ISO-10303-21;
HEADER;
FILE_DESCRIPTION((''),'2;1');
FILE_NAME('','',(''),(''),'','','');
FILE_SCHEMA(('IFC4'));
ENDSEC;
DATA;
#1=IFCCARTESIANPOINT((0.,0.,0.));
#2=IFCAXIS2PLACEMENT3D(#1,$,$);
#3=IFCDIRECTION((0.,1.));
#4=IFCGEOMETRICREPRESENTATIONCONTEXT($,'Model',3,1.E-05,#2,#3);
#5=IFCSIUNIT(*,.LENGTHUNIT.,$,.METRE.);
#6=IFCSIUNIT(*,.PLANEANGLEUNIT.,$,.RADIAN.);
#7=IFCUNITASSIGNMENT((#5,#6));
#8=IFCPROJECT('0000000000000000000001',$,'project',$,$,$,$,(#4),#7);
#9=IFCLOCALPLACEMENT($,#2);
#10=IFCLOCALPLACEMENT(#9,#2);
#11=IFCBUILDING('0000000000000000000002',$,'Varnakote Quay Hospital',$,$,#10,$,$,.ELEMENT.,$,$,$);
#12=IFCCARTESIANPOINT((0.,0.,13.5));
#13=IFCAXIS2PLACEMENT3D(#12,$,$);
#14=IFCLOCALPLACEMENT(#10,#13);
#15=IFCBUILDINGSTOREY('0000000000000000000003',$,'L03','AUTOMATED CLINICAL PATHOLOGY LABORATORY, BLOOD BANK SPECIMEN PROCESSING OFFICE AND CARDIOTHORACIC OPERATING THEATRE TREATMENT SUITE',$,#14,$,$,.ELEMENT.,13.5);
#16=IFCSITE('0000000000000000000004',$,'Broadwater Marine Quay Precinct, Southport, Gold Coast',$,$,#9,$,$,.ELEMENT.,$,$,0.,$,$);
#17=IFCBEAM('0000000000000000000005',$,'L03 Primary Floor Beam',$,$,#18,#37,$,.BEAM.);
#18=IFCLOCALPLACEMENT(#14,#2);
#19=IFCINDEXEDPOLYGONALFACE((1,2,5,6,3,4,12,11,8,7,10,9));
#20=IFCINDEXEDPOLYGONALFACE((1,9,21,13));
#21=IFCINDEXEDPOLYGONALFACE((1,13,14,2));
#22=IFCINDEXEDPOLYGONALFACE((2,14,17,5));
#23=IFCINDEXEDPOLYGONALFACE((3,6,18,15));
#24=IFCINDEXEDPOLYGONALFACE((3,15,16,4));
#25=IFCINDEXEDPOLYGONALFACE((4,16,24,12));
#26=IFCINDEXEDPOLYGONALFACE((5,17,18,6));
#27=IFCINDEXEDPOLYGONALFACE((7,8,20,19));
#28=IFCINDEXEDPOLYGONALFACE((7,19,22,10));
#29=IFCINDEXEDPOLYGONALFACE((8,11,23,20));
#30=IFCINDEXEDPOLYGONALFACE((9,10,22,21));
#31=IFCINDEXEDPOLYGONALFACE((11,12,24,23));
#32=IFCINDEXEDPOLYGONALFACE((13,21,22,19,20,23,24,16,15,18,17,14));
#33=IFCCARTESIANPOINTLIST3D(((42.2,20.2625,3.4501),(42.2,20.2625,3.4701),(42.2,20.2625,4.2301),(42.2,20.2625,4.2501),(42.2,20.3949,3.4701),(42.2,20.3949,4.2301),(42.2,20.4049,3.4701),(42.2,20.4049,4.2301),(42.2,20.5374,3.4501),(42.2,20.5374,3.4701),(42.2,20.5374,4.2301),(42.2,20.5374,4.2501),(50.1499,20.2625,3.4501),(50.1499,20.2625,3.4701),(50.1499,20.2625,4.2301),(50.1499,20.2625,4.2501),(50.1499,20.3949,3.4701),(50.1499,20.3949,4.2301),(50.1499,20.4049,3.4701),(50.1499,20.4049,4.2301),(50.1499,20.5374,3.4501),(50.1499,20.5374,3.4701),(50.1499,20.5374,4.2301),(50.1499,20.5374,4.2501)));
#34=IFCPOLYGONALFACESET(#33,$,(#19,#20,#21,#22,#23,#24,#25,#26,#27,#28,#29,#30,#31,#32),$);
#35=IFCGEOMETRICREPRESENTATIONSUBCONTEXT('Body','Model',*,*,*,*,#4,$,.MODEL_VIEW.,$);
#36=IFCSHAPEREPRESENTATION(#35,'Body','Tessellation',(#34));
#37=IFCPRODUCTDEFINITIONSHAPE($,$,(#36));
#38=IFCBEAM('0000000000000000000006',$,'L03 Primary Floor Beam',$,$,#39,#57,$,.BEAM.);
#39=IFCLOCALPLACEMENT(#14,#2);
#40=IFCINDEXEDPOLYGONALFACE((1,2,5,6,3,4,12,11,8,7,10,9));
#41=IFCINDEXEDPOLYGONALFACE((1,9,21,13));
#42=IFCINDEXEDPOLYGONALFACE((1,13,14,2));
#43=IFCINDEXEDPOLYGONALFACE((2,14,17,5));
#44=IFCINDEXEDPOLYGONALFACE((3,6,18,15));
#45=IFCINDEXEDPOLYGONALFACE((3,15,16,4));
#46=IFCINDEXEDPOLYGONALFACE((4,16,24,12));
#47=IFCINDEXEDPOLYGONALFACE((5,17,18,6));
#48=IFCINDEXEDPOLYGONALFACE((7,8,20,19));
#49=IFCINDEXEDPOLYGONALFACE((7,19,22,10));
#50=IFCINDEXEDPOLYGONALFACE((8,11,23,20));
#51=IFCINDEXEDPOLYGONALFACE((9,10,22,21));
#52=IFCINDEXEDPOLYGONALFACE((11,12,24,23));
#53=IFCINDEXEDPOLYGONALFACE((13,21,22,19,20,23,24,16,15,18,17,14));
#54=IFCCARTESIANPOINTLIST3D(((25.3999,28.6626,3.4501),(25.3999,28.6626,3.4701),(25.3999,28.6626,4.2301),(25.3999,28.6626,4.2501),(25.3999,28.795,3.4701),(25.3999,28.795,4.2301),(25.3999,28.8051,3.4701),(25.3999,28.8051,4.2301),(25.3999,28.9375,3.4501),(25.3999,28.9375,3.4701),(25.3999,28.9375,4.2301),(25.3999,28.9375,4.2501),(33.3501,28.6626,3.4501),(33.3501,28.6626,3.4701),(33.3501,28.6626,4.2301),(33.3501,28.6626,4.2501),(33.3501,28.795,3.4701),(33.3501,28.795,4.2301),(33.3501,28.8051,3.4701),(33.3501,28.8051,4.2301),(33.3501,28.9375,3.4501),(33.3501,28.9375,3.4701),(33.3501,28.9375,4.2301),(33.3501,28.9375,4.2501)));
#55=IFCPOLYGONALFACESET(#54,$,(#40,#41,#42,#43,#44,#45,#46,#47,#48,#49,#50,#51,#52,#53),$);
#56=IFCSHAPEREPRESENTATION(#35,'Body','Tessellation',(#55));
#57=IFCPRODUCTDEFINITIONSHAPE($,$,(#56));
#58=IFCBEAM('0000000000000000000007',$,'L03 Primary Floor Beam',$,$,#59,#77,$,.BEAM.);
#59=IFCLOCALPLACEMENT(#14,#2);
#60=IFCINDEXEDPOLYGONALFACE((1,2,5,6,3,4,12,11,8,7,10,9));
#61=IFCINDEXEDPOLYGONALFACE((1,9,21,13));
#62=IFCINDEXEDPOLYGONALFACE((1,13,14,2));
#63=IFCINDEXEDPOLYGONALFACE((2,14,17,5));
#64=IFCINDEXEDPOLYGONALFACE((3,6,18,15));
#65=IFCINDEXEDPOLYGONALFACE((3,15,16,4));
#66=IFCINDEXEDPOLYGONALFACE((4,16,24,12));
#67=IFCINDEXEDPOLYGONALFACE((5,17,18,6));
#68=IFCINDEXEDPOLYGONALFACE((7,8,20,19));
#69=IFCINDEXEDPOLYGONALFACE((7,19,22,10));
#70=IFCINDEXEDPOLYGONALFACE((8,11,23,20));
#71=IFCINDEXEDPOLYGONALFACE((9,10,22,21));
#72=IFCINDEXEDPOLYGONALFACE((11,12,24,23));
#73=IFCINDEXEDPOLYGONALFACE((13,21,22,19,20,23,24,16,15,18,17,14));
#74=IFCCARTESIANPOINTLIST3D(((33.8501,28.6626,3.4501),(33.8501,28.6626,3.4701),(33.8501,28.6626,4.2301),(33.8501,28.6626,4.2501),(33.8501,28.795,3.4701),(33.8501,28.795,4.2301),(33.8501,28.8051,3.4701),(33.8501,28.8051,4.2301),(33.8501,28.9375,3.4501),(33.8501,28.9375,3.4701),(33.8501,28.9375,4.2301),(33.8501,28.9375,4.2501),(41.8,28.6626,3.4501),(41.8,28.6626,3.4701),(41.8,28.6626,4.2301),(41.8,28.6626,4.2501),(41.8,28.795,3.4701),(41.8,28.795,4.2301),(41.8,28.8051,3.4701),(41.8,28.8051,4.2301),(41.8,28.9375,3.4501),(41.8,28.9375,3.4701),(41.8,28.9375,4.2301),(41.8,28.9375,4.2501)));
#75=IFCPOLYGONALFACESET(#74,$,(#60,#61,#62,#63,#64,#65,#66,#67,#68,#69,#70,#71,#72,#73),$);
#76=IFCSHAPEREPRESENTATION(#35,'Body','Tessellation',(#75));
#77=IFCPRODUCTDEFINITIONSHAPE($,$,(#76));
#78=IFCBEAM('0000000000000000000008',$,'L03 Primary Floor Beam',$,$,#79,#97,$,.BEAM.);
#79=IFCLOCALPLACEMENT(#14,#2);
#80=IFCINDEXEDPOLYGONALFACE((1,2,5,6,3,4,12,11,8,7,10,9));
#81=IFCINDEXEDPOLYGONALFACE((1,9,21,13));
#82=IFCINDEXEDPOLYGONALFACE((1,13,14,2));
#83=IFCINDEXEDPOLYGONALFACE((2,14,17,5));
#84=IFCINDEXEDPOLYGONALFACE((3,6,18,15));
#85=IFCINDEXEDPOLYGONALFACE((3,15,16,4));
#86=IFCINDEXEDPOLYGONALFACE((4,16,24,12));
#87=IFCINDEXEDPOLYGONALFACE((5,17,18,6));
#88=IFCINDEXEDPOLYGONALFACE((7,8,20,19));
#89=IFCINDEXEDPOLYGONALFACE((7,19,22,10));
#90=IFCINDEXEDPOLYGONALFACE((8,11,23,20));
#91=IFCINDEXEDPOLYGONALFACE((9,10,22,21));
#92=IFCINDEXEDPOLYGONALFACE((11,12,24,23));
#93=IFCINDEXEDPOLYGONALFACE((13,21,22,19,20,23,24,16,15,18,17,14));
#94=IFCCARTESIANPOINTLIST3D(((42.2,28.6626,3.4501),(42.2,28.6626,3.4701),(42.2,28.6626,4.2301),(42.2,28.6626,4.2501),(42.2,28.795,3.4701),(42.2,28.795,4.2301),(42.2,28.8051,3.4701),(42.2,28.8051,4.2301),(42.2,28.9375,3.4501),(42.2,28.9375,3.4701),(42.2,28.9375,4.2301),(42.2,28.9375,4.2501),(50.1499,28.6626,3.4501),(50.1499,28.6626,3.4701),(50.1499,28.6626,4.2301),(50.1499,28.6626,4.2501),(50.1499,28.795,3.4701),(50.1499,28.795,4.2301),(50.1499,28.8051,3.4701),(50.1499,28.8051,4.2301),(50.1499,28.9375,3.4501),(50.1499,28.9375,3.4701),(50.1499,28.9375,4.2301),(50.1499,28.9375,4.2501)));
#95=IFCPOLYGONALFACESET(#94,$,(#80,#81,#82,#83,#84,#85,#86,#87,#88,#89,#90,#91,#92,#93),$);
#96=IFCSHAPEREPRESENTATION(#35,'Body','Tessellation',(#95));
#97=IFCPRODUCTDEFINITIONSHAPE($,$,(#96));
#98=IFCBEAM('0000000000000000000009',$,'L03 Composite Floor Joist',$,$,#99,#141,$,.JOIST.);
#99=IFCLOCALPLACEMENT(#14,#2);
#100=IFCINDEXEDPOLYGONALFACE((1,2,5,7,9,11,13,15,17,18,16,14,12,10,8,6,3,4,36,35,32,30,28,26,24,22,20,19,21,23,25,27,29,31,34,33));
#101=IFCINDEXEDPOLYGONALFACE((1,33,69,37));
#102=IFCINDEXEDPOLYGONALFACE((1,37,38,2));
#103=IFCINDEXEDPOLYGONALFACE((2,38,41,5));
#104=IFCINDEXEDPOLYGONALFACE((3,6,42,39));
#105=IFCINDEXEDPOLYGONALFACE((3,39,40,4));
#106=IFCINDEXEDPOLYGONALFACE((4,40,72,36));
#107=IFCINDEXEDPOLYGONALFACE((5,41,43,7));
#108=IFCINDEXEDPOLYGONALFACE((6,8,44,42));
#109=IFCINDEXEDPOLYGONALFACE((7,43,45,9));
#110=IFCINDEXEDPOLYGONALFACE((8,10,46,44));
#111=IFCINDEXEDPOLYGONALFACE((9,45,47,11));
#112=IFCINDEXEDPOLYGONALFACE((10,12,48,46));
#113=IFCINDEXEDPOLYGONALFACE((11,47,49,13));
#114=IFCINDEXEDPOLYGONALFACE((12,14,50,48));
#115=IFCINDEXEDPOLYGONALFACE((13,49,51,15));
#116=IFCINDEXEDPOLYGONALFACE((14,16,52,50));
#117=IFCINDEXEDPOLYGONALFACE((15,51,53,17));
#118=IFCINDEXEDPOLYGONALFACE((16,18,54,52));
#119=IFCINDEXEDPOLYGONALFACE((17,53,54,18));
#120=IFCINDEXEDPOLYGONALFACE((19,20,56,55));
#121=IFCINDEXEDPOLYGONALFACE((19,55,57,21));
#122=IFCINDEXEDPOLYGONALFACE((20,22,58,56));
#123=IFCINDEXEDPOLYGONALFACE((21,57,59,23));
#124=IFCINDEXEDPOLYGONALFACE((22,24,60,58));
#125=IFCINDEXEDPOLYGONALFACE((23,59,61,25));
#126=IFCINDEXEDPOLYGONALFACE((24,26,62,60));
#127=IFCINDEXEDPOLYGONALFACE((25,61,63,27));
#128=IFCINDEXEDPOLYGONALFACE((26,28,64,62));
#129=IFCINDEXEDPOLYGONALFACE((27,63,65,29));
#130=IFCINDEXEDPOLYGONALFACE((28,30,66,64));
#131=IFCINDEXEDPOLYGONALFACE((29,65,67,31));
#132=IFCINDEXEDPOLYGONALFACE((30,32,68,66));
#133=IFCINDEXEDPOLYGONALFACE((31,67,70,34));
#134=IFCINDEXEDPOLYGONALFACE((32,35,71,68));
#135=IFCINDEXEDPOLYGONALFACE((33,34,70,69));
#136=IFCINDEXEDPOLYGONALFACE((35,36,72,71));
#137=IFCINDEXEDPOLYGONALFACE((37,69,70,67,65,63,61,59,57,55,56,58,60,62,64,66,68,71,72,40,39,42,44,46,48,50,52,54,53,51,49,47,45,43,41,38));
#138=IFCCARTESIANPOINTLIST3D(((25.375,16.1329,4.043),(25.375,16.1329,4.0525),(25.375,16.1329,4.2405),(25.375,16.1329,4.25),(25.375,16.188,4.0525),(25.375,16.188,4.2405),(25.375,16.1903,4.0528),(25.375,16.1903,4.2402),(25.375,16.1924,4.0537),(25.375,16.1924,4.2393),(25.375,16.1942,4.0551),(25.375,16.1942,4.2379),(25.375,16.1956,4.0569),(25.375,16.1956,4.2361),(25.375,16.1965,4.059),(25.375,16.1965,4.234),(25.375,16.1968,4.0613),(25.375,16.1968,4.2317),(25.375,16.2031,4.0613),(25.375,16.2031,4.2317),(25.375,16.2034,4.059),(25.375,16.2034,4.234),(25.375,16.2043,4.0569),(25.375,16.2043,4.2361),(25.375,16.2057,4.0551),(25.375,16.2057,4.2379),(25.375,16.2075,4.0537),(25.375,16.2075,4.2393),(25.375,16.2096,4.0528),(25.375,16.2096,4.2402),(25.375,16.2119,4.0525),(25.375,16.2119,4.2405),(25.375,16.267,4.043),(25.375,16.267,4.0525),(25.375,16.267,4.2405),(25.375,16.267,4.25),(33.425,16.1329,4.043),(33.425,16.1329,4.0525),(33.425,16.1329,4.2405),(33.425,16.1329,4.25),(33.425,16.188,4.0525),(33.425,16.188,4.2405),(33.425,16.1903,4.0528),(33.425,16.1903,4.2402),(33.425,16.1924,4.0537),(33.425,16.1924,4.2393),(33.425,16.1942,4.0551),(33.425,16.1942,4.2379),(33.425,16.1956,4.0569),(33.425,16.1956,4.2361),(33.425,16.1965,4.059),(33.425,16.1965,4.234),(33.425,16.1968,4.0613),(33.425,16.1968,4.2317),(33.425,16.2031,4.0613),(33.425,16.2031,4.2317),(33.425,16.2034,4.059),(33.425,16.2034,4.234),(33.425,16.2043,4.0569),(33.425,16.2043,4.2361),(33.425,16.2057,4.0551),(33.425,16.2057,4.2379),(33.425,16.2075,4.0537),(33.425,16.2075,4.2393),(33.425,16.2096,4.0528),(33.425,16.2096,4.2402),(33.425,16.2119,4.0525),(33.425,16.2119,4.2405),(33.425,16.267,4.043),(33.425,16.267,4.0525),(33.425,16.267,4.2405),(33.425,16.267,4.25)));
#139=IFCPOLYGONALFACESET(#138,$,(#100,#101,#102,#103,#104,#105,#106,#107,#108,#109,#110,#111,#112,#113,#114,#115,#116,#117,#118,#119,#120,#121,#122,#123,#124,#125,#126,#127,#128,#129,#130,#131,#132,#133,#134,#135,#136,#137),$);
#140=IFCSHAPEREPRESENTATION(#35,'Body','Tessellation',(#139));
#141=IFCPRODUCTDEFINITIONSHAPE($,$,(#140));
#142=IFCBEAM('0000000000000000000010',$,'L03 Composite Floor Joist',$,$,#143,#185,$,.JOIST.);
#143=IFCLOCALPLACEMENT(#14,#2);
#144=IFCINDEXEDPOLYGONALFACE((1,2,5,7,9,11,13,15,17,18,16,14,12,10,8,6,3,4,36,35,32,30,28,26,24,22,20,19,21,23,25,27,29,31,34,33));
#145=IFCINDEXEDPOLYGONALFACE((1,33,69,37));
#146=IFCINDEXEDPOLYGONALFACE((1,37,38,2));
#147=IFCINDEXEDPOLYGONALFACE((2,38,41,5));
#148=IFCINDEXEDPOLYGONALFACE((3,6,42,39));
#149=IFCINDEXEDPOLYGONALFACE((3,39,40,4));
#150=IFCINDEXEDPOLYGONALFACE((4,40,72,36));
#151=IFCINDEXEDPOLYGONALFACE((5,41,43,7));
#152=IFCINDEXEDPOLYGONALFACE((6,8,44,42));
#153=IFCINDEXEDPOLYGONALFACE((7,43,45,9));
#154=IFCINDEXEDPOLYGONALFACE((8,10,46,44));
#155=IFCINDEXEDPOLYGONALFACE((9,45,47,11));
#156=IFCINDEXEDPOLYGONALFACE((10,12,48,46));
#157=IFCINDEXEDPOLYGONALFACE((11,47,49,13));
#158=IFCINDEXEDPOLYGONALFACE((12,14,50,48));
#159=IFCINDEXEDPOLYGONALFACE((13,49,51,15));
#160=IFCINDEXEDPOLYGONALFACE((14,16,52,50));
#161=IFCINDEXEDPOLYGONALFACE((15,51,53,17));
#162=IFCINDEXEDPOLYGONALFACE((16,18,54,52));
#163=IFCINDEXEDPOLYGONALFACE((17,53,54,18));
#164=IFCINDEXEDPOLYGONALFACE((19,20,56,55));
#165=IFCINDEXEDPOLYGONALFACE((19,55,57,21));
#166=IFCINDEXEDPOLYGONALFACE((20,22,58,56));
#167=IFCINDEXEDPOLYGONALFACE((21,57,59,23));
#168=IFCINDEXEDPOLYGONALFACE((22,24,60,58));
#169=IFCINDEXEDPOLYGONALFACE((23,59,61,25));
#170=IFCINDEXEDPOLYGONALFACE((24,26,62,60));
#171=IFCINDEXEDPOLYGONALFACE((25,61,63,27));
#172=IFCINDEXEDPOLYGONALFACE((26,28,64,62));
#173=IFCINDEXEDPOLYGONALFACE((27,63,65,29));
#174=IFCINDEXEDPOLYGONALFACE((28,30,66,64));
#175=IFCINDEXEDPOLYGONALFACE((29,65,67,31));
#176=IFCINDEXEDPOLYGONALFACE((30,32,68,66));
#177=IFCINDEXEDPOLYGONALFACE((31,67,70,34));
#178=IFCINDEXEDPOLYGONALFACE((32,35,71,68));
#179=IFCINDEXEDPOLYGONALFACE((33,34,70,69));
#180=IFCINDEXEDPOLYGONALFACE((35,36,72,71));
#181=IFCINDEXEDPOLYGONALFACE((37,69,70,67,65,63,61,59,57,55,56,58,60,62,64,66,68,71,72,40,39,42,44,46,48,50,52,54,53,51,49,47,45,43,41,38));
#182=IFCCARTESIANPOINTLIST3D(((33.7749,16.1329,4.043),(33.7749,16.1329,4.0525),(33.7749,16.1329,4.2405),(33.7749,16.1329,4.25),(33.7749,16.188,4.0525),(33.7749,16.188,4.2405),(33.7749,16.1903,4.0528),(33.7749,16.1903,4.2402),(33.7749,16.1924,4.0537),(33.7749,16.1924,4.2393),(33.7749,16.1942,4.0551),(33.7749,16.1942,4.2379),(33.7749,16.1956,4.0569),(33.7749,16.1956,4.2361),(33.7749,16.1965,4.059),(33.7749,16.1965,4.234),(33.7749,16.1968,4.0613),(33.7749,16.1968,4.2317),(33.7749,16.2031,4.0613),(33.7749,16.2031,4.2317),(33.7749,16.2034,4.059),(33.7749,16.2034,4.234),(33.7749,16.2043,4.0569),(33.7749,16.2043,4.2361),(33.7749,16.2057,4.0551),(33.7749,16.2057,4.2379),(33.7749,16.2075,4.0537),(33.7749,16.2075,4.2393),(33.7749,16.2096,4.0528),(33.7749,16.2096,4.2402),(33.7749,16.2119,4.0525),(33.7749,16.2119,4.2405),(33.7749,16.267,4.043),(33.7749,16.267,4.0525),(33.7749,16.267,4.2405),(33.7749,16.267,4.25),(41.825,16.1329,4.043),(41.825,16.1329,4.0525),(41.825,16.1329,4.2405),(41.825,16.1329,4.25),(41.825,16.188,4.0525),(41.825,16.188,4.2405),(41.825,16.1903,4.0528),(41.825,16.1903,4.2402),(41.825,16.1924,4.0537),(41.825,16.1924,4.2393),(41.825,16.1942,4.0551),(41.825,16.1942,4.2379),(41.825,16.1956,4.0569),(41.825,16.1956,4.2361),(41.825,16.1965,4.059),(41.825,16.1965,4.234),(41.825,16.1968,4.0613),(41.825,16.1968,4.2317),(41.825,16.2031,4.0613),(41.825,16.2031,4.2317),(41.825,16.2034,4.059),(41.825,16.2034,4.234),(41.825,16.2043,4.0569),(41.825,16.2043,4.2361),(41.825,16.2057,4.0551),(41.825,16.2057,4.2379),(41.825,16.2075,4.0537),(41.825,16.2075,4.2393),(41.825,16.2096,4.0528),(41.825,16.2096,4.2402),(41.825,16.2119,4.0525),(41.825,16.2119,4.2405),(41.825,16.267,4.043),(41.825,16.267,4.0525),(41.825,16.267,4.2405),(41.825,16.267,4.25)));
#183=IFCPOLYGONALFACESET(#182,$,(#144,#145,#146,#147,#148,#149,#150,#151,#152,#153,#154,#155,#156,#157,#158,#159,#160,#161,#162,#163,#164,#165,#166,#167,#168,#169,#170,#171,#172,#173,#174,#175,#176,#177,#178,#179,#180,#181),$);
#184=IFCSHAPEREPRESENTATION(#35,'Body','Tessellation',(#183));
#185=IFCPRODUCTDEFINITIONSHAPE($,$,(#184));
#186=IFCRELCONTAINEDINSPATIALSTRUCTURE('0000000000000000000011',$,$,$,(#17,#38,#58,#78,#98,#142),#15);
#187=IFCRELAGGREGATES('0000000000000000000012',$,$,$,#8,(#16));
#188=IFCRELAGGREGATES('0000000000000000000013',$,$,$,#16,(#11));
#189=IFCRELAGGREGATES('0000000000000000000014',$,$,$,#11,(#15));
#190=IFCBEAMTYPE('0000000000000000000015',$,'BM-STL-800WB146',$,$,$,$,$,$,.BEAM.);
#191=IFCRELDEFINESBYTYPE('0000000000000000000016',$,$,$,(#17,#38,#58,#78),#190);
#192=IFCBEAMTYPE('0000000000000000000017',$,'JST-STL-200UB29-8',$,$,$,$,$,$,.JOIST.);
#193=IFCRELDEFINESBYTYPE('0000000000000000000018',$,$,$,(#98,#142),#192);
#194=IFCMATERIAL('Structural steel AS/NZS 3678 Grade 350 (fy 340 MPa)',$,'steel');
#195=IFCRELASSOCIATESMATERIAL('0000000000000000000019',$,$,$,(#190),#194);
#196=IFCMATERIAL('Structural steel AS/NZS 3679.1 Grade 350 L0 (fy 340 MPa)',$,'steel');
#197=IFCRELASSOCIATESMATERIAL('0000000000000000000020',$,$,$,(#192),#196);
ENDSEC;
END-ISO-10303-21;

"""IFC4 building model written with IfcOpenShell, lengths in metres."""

from ifc_helpers import new_model, si_unit, direction, frame, origin, origin_2d, place, context, subcontext, project, spatial, i_section, extrude, material, material_profile, profile_set, type_object, element, save


model = new_model("IFC4")

# Units and contexts
model_context = context("Model", 3, precision=1e-05, world=origin(), true_north=direction((0.0, 1.0)))
body_context = subcontext(model_context, "Body", "Model", "MODEL_VIEW")
ifc_project = project(units=[si_unit("LENGTHUNIT", "METRE"), si_unit("PLANEANGLEUNIT", "RADIAN")], contexts=[model_context])

# Site, building, storey
site_placement = place(None, origin())
site = spatial("IfcSite", under=ifc_project, at=site_placement, Name="Broadwater Marine Quay Precinct, Southport, Gold Coast", CompositionType="ELEMENT", RefElevation=0.0)
building_placement = place(site_placement, origin())
building = spatial("IfcBuilding", under=site, at=building_placement, Name="Varnakote Quay Hospital", CompositionType="ELEMENT")
storey_placement = place(building_placement, frame((0.0, 0.0, 13.5)))
storey = spatial("IfcBuildingStorey", under=building, at=storey_placement, Name="L03", Description="AUTOMATED CLINICAL PATHOLOGY LABORATORY, BLOOD BANK SPECIMEN PROCESSING OFFICE AND CARDIOTHORACIC OPERATING THEATRE TREATMENT SUITE", CompositionType="ELEMENT", Elevation=13.5)

# Beams
ifc_material_1 = material(Name="Structural steel AS/NZS 3678 Grade 350 (fy 340 MPa)", Category="steel")
ifc_material_profile_1 = material_profile(ifc_material_1, i_section(OverallWidth=0.2749, OverallDepth=0.8, WebThickness=0.01, FlangeThickness=0.02, at=origin_2d()), Name="800WB146")
ifc_profile_set_1 = profile_set([ifc_material_profile_1], Name="Structural steel AS/NZS 3678 Grade 350 (fy 340 MPa)")
beam_type_1 = type_object("IfcBeamType", Name="BM-STL-800WB146", PredefinedType="BEAM", material=ifc_profile_set_1)
for number, where, z_axis, x_axis, name in (
    (1, (42.2, 20.3999, 3.8501), (1.0, 0.0, 0.0), (0.0, 1.0, 0.0), "L03 Primary Floor Beam"),
):
    element("IfcBeam", number, at=place(storey_placement, frame(where, z_axis=z_axis, x_axis=x_axis)), inside=storey, type_object=beam_type_1, Name=name, PredefinedType="BEAM", context=body_context, shape_type="SweptSolid", body=[
        extrude(i_section(OverallWidth=0.2749, OverallDepth=0.8, WebThickness=0.01, FlangeThickness=0.02, at=origin_2d()), origin(), (0.0, 0.0, 1.0), 7.95),
    ])
beam_1_placement = place(storey_placement, frame((25.3999, 28.8, 3.8501), z_axis=(1.0, 0.0, 0.0), x_axis=(0.0, 1.0, 0.0)))
element("IfcBeam", 2, at=beam_1_placement, inside=storey, type_object=beam_type_1, Name="L03 Primary Floor Beam", PredefinedType="BEAM", context=body_context, shape_type="SweptSolid", body=[
    extrude(i_section(OverallWidth=0.2749, OverallDepth=0.8, WebThickness=0.01, FlangeThickness=0.02, at=origin_2d()), origin(), (0.0, 0.0, 1.0), 7.9502),
])
for number, where, z_axis, x_axis, name in (
    (3, (33.8501, 28.8, 3.8501), (1.0, 0.0, 0.0), (0.0, 1.0, 0.0), "L03 Primary Floor Beam"),
    (4, (42.2, 28.8, 3.8501), (1.0, 0.0, 0.0), (0.0, 1.0, 0.0), "L03 Primary Floor Beam"),
):
    element("IfcBeam", number, at=place(storey_placement, frame(where, z_axis=z_axis, x_axis=x_axis)), inside=storey, type_object=beam_type_1, Name=name, PredefinedType="BEAM", context=body_context, shape_type="SweptSolid", body=[
        extrude(i_section(OverallWidth=0.2749, OverallDepth=0.8, WebThickness=0.01, FlangeThickness=0.02, at=origin_2d()), origin(), (0.0, 0.0, 1.0), 7.95),
    ])
ifc_material_2 = material(Name="Structural steel AS/NZS 3679.1 Grade 350 L0 (fy 340 MPa)", Category="steel")
ifc_material_profile_2 = material_profile(ifc_material_2, i_section(OverallWidth=0.134, OverallDepth=0.207, WebThickness=0.0063, FlangeThickness=0.0095, FilletRadius=0.0088, at=origin_2d()), Name="200UB29.8")
ifc_profile_set_2 = profile_set([ifc_material_profile_2], Name="Structural steel AS/NZS 3679.1 Grade 350 L0 (fy 340 MPa)")
beam_type_2 = type_object("IfcBeamType", Name="JST-STL-200UB29-8", PredefinedType="JOIST", material=ifc_profile_set_2)
for number, where, z_axis, x_axis, name in (
    (5, (25.375, 16.2, 4.1465), (1.0, 0.0, 0.0), (0.0, 1.0, 0.0), "L03 Composite Floor Joist"),
    (6, (33.7749, 16.2, 4.1465), (1.0, 0.0, 0.0), (0.0, 1.0, 0.0), "L03 Composite Floor Joist"),
):
    element("IfcBeam", number, at=place(storey_placement, frame(where, z_axis=z_axis, x_axis=x_axis)), inside=storey, type_object=beam_type_2, Name=name, PredefinedType="JOIST", context=body_context, shape_type="SweptSolid", body=[
        extrude(i_section(OverallWidth=0.134, OverallDepth=0.207, WebThickness=0.0063, FlangeThickness=0.0095, FilletRadius=0.0088, at=origin_2d()), origin(), (0.0, 0.0, 1.0), 8.05),
    ])

save(model, "model.ifc")
